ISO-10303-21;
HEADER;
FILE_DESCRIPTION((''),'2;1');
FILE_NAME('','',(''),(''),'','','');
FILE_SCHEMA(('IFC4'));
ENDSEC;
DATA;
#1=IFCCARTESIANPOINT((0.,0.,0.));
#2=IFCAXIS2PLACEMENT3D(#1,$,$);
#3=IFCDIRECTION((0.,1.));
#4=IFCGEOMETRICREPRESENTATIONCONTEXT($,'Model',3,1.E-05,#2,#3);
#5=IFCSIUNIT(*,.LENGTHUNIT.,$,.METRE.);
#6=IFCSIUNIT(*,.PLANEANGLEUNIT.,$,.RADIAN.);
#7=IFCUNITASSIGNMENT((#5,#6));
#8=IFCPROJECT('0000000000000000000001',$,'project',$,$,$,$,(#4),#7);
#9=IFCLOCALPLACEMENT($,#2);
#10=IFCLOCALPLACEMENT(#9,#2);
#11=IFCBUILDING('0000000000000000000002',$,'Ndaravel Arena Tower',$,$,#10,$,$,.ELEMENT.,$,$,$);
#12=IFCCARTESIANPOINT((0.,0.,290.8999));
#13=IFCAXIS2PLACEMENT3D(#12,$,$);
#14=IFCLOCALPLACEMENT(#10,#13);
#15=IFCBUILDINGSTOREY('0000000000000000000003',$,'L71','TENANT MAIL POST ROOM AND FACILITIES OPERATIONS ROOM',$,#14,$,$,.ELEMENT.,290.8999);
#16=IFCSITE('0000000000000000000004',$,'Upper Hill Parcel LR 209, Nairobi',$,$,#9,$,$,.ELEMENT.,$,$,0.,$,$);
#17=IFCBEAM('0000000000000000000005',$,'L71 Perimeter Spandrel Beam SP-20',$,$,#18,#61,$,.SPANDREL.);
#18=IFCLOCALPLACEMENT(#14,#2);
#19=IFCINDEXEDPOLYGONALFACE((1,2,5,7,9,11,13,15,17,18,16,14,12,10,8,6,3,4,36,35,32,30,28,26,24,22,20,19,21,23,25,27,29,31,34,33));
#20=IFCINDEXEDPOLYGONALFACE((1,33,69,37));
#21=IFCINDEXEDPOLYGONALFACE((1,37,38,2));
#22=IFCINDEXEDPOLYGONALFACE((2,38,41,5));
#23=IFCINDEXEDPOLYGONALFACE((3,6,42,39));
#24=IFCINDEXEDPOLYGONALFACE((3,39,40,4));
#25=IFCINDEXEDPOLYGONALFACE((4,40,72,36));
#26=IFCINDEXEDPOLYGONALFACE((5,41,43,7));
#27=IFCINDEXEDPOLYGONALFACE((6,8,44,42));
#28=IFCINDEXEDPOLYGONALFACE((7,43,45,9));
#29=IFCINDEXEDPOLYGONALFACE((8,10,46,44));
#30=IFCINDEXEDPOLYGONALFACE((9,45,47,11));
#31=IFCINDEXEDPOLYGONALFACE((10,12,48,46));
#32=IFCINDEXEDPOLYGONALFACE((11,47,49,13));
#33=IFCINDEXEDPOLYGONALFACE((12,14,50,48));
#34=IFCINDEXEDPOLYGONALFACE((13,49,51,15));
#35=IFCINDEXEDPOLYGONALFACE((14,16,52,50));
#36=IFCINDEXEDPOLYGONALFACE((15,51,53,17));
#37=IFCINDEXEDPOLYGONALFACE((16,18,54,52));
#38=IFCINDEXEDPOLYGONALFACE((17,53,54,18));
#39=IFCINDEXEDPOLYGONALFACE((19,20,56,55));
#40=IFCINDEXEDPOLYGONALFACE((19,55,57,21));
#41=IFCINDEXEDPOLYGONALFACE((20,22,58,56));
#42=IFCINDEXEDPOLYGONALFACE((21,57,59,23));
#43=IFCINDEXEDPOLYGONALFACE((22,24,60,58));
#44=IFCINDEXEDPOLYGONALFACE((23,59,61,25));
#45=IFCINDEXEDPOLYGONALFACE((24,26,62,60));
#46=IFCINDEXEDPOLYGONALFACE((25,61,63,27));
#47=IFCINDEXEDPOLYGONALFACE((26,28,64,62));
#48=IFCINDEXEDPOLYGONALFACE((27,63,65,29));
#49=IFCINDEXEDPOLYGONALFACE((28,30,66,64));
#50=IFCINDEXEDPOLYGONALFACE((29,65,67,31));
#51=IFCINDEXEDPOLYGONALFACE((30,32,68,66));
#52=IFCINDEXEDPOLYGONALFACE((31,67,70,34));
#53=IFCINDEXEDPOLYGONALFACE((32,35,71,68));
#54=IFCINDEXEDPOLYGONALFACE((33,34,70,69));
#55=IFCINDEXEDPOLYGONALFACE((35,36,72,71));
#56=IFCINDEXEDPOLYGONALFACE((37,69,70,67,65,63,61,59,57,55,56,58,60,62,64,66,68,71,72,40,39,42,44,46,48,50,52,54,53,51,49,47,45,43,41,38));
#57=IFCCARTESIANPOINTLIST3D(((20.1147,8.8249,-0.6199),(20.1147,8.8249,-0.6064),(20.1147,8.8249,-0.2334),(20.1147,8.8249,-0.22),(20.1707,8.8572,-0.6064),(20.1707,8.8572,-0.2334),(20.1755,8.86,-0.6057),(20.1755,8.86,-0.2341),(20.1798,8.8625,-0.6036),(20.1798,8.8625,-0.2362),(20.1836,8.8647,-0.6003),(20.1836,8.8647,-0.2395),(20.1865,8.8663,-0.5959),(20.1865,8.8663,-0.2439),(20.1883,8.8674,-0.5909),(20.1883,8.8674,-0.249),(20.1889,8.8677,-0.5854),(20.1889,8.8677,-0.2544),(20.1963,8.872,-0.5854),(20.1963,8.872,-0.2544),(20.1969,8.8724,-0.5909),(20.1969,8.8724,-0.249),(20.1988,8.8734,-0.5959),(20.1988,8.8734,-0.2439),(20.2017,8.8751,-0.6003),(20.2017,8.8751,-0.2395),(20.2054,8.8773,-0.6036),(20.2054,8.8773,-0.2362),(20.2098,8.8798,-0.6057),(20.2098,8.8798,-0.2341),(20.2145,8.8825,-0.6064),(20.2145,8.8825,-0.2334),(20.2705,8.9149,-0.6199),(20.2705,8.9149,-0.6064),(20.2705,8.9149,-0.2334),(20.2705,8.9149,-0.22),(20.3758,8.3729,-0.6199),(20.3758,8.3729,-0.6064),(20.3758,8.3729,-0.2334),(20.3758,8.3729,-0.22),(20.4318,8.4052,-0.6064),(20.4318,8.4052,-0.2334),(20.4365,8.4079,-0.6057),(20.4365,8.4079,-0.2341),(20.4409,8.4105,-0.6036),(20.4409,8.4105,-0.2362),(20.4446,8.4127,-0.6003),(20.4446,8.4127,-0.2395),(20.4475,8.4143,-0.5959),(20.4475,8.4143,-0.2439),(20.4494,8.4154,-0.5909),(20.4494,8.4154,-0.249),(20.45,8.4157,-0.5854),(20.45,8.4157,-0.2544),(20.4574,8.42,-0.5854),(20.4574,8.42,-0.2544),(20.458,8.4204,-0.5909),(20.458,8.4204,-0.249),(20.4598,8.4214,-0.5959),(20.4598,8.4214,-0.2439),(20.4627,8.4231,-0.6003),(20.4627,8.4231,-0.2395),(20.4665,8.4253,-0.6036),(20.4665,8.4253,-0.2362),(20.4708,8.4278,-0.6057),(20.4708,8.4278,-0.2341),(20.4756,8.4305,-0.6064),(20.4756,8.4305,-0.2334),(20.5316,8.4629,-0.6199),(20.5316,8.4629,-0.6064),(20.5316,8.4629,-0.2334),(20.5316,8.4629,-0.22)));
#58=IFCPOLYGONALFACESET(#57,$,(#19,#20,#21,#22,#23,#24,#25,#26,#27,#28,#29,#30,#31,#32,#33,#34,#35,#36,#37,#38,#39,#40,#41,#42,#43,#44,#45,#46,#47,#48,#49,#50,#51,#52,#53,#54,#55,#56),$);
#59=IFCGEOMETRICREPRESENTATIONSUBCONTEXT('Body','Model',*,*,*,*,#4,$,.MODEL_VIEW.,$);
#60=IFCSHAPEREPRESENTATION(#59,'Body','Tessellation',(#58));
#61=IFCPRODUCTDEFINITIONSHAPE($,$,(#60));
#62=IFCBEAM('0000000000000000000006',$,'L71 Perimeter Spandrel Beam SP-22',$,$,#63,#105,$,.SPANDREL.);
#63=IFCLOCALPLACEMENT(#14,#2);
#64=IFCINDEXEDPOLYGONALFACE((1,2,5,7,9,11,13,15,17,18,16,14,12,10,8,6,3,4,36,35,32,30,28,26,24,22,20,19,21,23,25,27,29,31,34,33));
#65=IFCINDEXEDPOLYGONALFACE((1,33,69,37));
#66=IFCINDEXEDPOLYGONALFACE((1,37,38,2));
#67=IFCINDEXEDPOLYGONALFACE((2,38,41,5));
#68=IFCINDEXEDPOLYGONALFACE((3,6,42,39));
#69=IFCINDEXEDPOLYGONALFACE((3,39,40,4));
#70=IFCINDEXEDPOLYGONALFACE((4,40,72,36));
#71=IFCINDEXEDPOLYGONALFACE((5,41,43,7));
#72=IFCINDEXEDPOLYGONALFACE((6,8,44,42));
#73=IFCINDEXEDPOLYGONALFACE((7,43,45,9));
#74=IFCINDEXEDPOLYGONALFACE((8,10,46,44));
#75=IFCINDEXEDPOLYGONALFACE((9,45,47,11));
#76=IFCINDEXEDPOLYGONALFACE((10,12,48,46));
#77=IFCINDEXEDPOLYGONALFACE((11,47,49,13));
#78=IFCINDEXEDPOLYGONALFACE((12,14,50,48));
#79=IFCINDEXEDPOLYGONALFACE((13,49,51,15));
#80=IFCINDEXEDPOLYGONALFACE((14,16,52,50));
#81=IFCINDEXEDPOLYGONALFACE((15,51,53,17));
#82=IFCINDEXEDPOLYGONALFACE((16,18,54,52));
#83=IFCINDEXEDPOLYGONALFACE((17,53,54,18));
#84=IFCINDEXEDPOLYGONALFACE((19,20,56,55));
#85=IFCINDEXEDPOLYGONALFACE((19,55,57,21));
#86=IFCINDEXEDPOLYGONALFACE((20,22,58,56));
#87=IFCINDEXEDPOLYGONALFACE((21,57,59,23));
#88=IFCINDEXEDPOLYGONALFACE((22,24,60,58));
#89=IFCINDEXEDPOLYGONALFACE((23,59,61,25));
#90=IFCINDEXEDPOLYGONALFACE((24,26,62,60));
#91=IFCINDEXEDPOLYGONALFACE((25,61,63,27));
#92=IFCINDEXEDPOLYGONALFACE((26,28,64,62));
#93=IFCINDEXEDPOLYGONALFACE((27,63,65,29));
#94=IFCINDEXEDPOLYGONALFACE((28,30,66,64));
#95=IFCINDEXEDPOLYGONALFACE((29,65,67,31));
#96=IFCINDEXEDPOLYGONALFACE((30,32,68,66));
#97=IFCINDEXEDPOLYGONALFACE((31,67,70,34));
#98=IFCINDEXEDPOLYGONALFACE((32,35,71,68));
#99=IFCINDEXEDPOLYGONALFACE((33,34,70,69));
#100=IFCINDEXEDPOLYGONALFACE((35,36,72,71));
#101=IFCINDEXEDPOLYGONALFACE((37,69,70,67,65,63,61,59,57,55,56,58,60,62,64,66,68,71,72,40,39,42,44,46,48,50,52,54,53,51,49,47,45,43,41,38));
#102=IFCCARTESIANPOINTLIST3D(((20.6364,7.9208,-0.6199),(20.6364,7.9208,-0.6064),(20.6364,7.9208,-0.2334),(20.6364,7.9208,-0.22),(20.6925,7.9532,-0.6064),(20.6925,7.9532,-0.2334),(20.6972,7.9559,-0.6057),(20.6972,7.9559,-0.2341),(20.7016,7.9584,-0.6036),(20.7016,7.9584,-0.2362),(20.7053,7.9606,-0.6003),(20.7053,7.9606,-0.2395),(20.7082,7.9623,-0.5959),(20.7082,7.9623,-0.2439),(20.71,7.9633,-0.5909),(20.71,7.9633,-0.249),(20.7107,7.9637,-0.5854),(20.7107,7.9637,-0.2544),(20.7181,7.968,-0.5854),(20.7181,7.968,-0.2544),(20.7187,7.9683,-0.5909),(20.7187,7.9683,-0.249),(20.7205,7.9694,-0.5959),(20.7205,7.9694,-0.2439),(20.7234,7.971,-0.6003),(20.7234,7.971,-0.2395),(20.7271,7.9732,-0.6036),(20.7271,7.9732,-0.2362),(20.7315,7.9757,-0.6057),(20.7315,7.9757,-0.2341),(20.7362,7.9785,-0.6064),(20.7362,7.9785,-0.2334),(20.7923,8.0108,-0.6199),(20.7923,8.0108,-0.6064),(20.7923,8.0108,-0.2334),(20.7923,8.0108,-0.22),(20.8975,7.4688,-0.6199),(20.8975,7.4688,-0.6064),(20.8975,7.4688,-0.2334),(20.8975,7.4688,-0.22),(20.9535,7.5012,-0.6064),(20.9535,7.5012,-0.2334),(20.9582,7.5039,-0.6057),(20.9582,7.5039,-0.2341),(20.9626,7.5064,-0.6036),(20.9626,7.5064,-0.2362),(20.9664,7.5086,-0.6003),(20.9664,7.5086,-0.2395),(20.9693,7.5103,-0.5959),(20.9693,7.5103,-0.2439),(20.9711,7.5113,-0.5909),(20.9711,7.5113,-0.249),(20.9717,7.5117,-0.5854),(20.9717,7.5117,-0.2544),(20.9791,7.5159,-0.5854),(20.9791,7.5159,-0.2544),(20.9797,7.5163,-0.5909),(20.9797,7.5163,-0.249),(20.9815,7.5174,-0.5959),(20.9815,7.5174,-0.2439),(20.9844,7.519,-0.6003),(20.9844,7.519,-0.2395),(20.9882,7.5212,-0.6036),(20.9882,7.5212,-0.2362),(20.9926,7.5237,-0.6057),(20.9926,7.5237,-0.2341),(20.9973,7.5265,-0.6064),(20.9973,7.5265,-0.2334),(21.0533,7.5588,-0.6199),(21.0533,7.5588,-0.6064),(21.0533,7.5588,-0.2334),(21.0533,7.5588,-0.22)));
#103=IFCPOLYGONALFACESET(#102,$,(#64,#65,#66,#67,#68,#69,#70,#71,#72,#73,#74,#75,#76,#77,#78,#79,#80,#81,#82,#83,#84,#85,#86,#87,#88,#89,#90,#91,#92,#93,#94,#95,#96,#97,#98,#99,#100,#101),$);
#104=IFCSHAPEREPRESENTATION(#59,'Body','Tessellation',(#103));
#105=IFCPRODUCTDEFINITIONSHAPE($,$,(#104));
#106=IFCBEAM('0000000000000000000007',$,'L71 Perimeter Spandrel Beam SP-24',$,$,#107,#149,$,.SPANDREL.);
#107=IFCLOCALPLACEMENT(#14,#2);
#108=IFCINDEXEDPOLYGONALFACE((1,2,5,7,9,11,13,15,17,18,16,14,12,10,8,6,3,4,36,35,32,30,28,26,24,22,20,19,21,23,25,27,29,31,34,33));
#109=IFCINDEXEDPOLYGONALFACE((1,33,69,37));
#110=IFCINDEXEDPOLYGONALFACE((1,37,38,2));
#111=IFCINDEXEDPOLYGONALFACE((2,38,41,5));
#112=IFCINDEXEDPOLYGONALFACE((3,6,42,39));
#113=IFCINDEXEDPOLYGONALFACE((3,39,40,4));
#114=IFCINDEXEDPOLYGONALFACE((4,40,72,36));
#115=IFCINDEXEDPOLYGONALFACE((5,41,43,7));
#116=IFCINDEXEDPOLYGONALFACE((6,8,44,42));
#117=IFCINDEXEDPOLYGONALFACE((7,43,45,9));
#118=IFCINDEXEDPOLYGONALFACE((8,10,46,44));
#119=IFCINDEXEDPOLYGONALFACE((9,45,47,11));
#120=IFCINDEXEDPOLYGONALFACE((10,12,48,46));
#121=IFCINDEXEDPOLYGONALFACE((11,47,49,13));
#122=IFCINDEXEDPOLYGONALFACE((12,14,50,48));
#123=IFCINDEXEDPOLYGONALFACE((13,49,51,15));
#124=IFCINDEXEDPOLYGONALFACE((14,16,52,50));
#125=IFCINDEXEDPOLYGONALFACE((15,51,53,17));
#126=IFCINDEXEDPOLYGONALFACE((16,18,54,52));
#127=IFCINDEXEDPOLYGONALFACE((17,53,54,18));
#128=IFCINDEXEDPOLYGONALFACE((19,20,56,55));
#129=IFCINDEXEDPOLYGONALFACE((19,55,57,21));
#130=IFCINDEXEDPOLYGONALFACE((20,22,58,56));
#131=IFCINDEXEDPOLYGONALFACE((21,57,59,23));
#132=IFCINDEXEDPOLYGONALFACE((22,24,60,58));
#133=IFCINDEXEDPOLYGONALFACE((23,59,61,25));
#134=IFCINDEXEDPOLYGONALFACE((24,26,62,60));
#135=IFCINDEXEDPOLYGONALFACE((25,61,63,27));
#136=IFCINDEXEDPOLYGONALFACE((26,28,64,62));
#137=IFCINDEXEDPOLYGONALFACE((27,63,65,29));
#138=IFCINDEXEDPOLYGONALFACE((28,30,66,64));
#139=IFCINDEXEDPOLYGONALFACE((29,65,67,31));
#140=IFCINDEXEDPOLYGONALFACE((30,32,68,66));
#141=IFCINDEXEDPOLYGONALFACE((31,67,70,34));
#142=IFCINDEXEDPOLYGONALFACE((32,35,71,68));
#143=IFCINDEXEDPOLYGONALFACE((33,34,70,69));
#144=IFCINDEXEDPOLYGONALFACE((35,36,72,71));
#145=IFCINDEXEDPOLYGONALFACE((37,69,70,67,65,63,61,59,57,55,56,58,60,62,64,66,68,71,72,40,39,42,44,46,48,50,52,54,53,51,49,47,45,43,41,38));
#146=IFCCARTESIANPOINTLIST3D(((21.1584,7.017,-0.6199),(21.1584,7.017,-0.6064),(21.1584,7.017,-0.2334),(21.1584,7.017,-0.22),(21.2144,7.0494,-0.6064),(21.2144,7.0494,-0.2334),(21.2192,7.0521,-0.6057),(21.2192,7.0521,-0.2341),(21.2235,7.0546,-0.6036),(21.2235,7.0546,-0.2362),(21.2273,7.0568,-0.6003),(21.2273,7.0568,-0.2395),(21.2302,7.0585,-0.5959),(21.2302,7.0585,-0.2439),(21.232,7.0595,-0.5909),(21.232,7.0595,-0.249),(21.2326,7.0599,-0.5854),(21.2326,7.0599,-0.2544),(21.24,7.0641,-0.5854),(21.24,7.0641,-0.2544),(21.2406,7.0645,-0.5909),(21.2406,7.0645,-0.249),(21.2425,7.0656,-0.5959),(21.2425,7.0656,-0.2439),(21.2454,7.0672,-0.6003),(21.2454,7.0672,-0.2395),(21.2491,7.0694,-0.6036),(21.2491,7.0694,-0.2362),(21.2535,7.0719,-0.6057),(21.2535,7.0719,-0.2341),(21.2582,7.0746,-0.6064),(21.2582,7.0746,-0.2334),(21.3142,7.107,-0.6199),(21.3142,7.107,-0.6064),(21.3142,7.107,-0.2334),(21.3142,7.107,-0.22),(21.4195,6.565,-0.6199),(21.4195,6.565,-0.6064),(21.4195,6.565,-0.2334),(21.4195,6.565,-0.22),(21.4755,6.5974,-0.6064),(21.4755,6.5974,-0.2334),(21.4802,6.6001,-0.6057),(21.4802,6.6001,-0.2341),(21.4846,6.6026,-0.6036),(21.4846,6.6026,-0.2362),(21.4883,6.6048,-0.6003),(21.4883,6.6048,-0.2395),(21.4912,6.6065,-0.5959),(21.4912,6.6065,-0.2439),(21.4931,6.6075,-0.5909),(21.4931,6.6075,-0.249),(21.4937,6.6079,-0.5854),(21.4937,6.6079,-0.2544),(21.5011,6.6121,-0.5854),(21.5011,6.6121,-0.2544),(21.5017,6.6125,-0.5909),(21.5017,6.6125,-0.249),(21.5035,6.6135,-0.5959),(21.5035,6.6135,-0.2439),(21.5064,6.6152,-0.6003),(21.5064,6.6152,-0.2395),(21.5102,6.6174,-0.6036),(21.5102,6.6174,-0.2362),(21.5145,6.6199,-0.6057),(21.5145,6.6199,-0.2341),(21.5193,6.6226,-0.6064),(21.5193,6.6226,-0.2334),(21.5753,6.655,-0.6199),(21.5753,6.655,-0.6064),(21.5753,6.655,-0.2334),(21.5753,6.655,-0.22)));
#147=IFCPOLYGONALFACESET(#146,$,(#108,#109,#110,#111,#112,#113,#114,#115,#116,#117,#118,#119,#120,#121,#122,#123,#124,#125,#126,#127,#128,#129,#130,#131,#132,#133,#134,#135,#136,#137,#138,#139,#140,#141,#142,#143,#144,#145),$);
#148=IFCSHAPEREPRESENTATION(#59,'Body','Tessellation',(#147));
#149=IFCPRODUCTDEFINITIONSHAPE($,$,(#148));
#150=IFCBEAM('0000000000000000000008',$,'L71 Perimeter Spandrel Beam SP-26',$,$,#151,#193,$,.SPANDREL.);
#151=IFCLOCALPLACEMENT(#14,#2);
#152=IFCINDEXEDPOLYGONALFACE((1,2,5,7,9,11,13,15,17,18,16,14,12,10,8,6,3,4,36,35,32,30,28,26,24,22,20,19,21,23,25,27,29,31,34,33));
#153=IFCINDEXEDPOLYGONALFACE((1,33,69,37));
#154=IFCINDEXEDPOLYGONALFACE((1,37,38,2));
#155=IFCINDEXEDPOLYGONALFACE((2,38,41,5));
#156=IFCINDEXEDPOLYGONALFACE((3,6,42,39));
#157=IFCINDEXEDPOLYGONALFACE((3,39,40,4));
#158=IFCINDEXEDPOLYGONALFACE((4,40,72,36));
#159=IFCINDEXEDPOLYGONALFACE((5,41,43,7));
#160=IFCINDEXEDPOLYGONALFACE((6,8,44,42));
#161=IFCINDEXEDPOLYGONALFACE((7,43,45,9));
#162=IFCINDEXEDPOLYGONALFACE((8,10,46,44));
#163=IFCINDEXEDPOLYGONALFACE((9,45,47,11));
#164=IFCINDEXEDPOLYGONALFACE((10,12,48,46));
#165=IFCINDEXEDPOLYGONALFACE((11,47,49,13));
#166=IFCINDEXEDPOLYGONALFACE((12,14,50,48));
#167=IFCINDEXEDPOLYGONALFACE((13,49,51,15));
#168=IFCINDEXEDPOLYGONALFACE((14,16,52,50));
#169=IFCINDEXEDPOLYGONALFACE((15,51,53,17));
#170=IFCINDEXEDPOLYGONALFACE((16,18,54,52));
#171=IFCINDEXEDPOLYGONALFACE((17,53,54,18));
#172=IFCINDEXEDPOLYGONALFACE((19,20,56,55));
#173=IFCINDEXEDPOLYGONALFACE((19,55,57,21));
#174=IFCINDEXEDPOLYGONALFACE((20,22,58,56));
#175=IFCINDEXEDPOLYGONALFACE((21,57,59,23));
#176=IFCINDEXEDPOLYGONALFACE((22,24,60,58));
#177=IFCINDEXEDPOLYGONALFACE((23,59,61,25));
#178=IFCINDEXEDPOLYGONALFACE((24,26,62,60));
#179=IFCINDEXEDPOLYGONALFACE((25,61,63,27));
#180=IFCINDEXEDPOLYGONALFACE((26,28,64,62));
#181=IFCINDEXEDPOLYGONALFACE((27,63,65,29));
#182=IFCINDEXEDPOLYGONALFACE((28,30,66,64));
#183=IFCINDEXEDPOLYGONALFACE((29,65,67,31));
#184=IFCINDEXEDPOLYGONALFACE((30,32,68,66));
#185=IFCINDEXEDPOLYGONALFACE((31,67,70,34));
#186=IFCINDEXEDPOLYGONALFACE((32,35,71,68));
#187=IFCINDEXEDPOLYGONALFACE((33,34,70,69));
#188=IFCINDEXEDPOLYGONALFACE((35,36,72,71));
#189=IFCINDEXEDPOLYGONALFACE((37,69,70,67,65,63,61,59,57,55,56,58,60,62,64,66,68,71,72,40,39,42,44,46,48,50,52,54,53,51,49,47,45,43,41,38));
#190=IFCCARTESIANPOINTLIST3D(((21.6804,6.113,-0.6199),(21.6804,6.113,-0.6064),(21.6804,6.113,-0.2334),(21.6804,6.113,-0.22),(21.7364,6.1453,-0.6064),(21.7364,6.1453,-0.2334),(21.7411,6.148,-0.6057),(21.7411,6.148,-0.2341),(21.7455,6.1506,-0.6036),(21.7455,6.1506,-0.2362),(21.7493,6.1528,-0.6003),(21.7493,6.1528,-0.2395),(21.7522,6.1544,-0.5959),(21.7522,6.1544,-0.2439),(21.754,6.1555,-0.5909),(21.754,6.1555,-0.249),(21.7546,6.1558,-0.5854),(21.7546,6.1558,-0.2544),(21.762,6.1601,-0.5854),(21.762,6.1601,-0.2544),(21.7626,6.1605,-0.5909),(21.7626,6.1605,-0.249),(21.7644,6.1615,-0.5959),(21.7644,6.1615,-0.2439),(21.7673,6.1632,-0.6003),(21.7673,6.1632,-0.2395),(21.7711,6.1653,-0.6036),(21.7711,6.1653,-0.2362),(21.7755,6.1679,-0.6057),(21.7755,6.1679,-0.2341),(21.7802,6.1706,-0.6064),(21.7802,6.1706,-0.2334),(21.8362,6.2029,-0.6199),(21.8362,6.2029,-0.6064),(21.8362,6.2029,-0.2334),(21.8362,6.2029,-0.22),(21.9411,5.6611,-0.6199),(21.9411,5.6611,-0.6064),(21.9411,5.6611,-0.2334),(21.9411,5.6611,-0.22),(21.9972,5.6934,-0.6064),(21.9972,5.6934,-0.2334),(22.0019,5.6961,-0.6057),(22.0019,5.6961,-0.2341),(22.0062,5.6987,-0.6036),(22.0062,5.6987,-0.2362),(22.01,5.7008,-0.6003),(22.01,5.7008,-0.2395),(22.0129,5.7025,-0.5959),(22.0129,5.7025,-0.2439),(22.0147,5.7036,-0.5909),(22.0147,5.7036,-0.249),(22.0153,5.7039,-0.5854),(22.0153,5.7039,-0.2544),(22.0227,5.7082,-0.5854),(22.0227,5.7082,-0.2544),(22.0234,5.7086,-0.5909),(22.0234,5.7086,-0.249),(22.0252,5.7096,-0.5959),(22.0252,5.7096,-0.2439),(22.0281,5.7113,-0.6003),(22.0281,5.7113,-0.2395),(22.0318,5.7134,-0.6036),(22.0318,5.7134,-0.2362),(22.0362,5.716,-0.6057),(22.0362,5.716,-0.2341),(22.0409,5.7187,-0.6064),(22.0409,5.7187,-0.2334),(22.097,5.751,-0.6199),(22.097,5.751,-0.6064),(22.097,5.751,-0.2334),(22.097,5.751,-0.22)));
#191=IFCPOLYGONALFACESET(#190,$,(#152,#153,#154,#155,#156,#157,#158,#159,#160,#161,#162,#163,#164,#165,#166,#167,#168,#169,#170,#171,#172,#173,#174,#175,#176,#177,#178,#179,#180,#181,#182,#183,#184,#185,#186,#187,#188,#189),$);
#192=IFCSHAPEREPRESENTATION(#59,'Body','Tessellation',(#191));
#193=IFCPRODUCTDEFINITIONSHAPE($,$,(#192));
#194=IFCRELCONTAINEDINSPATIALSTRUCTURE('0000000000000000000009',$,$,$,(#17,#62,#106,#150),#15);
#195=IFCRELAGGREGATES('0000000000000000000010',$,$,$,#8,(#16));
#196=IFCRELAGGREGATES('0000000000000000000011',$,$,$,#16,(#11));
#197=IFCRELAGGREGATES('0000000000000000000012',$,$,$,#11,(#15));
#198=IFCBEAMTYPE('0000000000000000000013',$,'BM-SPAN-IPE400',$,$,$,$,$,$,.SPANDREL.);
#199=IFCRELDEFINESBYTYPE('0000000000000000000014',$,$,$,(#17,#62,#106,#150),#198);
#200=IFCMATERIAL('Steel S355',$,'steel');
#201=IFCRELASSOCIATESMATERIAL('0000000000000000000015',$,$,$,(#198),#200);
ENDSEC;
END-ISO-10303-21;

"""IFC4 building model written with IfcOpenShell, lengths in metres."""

from ifc_helpers import new_model, si_unit, direction, frame, origin, origin_2d, place, context, subcontext, project, spatial, i_section, extrude, material, material_profile, profile_set, type_object, element, save


model = new_model("IFC4")

# Units and contexts
model_context = context("Model", 3, precision=1e-05, world=origin(), true_north=direction((0.0, 1.0)))
body_context = subcontext(model_context, "Body", "Model", "MODEL_VIEW")
ifc_project = project(units=[si_unit("LENGTHUNIT", "METRE"), si_unit("PLANEANGLEUNIT", "RADIAN")], contexts=[model_context])

# Site, building, storey
site_placement = place(None, origin())
site = spatial("IfcSite", under=ifc_project, at=site_placement, Name="Upper Hill Parcel LR 209, Nairobi", CompositionType="ELEMENT", RefElevation=0.0)
building_placement = place(site_placement, origin())
building = spatial("IfcBuilding", under=site, at=building_placement, Name="Ndaravel Arena Tower", CompositionType="ELEMENT")
storey_placement = place(building_placement, frame((0.0, 0.0, 290.8999)))
storey = spatial("IfcBuildingStorey", under=building, at=storey_placement, Name="L71", Description="TENANT MAIL POST ROOM AND FACILITIES OPERATIONS ROOM", CompositionType="ELEMENT", Elevation=290.8999)

# Beams
ifc_material_1 = material(Name="Steel S355", Category="steel")
ifc_material_profile_1 = material_profile(ifc_material_1, i_section(OverallWidth=0.1799, OverallDepth=0.3999, WebThickness=0.0085, FlangeThickness=0.0134, FilletRadius=0.021, at=origin_2d()), Name="IPE 400")
ifc_profile_set_1 = profile_set([ifc_material_profile_1], Name="Steel S355")
beam_type = type_object("IfcBeamType", Name="BM-SPAN-IPE400", PredefinedType="SPANDREL", material=ifc_profile_set_1)
for number, where, z_axis, x_axis, name in (
    (1, (20.1926, 8.8699, -0.4199), (0.500114, -0.86596, 0.0), (0.86596, 0.500114, 0.0), "L71 Perimeter Spandrel Beam SP-20"),
    (2, (20.7144, 7.9658, -0.4199), (0.500114, -0.86596, 0.0), (0.86596, 0.500114, 0.0), "L71 Perimeter Spandrel Beam SP-22"),
    (3, (21.2363, 7.062, -0.4199), (0.500114, -0.86596, 0.0), (0.86596, 0.500114, 0.0), "L71 Perimeter Spandrel Beam SP-24"),
):
    element("IfcBeam", number, at=place(storey_placement, frame(where, z_axis=z_axis, x_axis=x_axis)), inside=storey, type_object=beam_type, Name=name, PredefinedType="SPANDREL", context=body_context, shape_type="SweptSolid", body=[
        extrude(i_section(OverallWidth=0.1799, OverallDepth=0.3999, WebThickness=0.0085, FlangeThickness=0.0134, FilletRadius=0.021, at=origin_2d()), origin(), (0.0, 0.0, 1.0), 0.522),
    ])
beam_placement = place(storey_placement, frame((21.7583, 6.158, -0.4199), z_axis=(0.499763, -0.866162, 0.0), x_axis=(0.866162, 0.499763, 0.0)))
element("IfcBeam", 4, at=beam_placement, inside=storey, type_object=beam_type, Name="L71 Perimeter Spandrel Beam SP-26", PredefinedType="SPANDREL", context=body_context, shape_type="SweptSolid", body=[
    extrude(i_section(OverallWidth=0.1799, OverallDepth=0.3999, WebThickness=0.0085, FlangeThickness=0.0134, FilletRadius=0.021, at=origin_2d()), origin(), (0.0, 0.0, 1.0), 0.5217),
])

save(model, "model.ifc")
